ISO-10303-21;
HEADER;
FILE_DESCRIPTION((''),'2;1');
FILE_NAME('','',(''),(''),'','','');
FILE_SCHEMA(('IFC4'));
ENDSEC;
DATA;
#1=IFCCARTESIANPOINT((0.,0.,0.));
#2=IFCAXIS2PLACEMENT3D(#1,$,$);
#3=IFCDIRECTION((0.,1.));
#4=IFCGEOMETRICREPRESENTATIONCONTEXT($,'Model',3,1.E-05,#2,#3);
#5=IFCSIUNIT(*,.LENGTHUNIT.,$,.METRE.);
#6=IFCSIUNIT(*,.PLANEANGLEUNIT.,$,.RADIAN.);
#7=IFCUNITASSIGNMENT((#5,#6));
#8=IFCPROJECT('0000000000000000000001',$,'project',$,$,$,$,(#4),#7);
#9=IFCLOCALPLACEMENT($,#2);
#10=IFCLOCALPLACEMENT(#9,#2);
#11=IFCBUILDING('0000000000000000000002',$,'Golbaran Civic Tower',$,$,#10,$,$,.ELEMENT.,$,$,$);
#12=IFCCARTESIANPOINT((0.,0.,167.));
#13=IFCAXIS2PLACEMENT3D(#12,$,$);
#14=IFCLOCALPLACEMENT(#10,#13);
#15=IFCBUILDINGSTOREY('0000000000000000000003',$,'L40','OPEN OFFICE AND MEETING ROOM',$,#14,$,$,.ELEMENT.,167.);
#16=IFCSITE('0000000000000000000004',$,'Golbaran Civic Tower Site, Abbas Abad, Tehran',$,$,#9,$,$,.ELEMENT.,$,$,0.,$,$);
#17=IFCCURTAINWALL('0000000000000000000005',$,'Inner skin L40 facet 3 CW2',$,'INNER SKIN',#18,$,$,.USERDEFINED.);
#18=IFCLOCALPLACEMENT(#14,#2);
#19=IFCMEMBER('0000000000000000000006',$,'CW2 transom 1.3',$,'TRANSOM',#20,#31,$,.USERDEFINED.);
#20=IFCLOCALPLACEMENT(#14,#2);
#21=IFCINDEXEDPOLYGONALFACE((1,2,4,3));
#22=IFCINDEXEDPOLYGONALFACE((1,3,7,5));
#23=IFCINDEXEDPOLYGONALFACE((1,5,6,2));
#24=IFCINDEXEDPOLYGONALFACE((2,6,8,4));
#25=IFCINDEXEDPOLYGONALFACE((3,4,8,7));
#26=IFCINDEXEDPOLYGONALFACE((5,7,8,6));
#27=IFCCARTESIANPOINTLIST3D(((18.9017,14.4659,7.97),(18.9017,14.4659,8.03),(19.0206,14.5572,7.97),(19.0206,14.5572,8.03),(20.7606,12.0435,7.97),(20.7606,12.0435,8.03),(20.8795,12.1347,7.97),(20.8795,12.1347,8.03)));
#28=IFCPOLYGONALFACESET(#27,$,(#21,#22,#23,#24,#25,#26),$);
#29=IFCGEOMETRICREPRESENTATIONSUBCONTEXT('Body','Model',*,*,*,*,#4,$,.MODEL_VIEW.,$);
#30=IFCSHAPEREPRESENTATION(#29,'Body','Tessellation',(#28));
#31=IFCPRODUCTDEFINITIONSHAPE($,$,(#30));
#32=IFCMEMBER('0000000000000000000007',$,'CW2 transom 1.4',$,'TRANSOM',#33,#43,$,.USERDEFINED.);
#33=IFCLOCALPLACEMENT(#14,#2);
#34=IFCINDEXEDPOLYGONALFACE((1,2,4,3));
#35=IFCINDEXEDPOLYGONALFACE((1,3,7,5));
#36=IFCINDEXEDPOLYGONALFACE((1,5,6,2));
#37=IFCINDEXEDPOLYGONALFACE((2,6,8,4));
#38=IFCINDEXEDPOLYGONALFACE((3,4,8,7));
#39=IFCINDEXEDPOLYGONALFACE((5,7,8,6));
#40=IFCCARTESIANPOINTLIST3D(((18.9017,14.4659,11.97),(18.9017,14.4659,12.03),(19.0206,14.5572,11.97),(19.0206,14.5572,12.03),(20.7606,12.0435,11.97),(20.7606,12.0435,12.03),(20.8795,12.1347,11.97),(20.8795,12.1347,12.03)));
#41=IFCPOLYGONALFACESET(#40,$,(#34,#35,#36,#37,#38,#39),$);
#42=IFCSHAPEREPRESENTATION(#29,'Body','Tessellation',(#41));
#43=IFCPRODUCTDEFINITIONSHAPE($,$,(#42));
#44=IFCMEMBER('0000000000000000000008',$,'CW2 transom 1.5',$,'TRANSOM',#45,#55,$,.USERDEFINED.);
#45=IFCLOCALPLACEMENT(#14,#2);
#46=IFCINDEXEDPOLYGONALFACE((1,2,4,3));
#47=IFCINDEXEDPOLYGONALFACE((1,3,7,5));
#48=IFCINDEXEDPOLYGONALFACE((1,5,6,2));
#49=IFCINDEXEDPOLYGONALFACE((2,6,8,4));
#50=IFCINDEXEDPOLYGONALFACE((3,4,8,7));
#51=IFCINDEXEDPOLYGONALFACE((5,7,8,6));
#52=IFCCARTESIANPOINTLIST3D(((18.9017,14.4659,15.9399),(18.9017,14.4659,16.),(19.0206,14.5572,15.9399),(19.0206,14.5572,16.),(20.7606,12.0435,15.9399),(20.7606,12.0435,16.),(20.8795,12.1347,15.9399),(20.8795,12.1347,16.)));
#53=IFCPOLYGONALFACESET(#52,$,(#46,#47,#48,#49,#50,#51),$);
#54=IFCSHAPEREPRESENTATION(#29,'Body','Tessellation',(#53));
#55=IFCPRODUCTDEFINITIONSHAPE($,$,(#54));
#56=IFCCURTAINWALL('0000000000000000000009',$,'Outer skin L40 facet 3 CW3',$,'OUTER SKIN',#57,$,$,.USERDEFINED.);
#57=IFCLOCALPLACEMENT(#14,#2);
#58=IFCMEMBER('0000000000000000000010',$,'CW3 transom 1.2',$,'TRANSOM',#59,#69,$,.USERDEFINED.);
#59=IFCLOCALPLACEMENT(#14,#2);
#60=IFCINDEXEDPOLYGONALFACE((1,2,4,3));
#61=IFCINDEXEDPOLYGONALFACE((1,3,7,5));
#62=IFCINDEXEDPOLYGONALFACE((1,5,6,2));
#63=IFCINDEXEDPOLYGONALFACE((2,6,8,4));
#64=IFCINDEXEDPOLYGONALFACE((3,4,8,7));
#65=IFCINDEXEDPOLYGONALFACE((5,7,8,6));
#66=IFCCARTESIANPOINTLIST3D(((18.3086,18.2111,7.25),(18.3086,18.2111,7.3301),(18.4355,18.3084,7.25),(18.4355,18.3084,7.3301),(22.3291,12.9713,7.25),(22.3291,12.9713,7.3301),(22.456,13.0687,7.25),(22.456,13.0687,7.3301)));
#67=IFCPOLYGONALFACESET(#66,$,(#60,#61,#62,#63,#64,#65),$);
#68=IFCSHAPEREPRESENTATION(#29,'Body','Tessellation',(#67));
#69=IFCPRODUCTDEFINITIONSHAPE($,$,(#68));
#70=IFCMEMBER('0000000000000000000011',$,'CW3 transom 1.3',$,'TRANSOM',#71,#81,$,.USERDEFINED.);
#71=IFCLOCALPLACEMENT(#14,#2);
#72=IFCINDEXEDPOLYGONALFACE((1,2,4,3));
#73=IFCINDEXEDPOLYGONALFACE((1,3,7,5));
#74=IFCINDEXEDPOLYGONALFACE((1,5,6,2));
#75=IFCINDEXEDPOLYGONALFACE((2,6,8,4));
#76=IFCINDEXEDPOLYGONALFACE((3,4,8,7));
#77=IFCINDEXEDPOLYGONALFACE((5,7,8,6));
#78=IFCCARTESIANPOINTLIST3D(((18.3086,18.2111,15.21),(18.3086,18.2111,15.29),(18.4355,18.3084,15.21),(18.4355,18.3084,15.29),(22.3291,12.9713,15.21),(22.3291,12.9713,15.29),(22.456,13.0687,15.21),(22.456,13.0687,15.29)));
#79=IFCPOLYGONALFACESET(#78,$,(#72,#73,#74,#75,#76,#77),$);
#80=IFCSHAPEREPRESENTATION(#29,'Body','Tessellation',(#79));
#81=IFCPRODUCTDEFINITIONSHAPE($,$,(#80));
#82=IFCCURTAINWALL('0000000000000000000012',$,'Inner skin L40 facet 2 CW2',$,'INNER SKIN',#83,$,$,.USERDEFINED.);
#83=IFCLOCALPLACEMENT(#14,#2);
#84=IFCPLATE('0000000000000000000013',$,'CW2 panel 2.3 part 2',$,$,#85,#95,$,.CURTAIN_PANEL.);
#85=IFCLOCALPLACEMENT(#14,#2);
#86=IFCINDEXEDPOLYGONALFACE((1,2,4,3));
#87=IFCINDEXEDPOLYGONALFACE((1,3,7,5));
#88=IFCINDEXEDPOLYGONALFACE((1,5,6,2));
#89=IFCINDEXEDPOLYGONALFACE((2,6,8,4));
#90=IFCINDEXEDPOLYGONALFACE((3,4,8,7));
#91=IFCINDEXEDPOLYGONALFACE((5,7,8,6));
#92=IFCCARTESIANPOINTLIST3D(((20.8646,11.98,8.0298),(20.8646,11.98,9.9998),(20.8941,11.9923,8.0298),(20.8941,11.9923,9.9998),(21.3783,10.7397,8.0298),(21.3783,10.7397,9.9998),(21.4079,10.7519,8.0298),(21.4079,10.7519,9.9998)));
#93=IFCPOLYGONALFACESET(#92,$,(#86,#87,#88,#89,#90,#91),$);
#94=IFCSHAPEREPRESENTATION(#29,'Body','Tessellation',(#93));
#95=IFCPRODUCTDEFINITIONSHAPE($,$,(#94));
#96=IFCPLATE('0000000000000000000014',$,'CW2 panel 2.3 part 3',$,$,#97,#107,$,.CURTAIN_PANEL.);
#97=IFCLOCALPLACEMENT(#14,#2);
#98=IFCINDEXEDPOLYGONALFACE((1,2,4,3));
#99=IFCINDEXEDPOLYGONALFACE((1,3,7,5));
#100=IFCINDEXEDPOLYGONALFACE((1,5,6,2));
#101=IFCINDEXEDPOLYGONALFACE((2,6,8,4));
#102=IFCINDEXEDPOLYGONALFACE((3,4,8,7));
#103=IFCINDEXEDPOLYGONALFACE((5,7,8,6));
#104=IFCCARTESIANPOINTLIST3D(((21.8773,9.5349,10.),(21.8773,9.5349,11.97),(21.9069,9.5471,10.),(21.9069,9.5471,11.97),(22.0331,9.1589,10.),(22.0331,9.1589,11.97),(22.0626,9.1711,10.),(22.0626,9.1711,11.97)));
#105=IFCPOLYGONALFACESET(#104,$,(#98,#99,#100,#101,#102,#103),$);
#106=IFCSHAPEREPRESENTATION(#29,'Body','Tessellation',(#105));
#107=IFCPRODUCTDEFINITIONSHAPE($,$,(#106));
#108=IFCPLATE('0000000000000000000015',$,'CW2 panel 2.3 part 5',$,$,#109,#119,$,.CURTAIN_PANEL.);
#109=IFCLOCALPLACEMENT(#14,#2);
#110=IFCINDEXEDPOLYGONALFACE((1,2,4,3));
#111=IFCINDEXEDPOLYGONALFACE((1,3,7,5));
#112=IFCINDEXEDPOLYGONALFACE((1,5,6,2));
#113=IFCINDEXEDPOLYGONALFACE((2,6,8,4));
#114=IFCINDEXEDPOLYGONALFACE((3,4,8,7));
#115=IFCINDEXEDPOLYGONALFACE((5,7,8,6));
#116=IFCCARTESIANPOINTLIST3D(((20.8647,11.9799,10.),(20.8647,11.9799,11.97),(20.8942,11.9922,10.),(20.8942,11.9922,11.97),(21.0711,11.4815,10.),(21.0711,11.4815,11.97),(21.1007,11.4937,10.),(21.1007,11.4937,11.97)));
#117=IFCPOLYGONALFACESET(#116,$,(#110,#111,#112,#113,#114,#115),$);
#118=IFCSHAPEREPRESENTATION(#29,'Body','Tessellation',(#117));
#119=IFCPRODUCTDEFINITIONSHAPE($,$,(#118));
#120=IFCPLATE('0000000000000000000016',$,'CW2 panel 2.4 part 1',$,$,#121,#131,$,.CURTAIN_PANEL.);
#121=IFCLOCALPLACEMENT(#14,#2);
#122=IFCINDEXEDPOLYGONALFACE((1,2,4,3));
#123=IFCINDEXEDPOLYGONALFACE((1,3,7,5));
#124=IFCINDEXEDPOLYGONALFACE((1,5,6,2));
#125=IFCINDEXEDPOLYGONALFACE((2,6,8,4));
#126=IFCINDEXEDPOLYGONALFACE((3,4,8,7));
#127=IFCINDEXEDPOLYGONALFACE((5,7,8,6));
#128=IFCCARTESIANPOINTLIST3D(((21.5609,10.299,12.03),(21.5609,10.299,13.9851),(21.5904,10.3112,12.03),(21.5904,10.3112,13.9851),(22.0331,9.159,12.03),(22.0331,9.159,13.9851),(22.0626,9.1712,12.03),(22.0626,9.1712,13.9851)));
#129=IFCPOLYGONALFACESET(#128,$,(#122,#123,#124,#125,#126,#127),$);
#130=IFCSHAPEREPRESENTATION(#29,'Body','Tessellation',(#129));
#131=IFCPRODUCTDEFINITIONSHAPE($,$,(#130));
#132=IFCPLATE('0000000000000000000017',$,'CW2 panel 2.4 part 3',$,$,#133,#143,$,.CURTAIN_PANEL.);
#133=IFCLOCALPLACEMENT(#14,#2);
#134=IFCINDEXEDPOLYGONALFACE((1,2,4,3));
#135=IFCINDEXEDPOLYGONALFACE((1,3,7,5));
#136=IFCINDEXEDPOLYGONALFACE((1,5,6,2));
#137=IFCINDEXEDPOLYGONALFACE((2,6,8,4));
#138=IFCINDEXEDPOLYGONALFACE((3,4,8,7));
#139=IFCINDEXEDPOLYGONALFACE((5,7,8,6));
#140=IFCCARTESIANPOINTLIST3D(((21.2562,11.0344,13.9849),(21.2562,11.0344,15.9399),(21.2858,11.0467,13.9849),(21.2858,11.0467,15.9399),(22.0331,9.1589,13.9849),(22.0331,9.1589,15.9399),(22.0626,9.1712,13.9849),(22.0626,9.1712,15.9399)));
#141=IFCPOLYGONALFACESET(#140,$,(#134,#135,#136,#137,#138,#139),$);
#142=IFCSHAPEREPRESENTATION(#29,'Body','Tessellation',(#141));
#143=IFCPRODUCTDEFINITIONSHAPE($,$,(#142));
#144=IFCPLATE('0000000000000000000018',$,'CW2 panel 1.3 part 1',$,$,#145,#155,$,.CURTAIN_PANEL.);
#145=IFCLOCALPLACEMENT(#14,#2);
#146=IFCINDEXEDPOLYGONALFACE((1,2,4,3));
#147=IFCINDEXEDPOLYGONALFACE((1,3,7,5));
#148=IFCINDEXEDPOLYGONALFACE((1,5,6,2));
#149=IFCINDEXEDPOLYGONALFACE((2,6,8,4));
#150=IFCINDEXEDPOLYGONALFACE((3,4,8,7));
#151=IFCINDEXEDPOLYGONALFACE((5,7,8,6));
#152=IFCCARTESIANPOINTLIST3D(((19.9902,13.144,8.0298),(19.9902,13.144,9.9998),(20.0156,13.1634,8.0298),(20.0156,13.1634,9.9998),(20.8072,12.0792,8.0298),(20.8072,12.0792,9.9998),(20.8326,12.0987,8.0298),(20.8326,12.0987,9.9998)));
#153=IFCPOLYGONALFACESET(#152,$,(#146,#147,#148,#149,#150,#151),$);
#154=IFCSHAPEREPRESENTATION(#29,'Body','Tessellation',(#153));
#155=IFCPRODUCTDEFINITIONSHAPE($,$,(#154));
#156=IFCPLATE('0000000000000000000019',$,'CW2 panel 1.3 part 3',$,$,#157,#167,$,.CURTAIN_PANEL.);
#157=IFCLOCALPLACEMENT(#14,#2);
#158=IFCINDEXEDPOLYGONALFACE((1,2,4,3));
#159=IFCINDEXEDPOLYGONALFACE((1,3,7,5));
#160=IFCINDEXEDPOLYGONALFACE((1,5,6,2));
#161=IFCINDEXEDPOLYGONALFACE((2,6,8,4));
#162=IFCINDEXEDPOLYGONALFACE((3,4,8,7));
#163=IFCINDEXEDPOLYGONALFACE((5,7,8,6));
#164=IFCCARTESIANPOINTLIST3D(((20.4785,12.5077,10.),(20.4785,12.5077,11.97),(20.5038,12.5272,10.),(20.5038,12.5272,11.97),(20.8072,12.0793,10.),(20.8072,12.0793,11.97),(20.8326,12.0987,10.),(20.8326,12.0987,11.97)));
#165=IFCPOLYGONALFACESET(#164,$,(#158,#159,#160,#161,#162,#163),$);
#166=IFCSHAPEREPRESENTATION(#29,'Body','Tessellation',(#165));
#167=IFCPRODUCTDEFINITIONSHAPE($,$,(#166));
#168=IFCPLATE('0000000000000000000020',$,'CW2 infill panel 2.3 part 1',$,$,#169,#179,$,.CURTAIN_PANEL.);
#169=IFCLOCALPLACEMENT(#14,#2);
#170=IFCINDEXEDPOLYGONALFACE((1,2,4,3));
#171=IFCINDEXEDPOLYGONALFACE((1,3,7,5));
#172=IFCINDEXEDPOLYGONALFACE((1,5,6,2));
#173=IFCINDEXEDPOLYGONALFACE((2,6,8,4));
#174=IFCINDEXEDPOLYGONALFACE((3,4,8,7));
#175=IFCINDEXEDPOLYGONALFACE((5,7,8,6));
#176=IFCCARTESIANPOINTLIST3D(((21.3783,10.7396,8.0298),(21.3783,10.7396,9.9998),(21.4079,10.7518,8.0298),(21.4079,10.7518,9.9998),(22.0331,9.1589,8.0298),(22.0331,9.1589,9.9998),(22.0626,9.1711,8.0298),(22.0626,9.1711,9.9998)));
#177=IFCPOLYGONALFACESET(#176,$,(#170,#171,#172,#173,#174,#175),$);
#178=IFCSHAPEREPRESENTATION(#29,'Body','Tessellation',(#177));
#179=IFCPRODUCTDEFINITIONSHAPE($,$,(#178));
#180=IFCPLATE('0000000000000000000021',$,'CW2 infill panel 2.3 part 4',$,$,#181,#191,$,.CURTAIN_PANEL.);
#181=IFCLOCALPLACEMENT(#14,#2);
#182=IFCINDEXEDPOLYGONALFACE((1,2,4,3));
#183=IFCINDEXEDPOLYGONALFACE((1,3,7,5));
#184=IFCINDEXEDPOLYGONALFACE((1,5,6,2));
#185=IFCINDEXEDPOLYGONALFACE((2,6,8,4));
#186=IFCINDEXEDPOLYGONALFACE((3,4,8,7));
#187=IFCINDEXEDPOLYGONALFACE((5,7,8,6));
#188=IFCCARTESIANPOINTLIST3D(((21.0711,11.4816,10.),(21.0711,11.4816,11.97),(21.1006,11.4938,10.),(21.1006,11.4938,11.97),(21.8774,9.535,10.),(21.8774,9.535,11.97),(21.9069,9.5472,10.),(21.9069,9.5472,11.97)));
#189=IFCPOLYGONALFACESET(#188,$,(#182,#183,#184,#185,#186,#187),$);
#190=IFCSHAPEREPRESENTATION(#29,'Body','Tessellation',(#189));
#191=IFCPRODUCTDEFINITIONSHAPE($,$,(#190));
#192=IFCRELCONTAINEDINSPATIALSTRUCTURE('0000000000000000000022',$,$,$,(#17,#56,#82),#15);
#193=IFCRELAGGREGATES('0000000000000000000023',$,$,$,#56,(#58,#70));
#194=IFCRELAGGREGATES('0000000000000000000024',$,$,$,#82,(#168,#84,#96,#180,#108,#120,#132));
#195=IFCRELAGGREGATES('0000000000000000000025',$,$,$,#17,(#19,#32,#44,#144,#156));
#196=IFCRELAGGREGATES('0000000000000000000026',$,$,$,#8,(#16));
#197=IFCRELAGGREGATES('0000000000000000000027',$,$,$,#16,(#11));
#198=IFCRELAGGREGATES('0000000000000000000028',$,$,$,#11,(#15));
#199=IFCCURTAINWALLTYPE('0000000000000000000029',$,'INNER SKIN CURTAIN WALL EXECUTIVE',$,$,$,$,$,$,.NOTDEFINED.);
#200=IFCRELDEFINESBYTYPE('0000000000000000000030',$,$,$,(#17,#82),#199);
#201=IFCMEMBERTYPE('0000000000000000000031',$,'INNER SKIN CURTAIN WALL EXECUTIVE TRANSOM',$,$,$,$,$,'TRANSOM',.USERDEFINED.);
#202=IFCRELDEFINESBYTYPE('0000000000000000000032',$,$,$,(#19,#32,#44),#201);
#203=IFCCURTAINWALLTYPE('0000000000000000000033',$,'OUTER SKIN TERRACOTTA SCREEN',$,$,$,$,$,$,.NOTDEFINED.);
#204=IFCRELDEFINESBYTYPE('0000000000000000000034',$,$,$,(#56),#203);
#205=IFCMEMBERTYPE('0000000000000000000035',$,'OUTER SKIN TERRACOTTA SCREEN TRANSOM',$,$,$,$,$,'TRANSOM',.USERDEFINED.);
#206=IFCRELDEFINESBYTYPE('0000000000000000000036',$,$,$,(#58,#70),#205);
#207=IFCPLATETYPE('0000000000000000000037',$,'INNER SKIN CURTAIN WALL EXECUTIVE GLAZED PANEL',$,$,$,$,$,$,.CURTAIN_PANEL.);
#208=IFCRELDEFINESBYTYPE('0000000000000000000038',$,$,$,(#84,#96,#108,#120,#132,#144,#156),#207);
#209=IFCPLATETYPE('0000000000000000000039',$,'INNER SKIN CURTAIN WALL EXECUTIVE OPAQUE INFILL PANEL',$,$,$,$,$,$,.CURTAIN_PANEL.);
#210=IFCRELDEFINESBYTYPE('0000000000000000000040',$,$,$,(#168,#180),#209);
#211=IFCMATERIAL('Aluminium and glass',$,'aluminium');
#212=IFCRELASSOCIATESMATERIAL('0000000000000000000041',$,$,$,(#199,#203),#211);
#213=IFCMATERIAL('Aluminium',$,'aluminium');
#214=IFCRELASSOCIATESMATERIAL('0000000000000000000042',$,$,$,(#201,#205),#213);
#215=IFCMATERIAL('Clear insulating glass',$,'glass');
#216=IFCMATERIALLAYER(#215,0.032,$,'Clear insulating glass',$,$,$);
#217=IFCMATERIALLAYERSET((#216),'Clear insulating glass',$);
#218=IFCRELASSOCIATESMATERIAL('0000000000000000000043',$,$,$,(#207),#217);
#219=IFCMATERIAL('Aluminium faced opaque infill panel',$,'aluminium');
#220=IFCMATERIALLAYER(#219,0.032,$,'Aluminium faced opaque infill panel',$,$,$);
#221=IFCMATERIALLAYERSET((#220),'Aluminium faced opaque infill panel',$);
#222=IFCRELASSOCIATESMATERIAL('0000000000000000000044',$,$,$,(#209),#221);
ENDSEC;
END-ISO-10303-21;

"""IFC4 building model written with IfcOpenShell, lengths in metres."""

from ifc_helpers import new_model, si_unit, direction, frame, origin, origin_2d, place, context, subcontext, project, spatial, rectangle, extrude, material, layer, layer_set, material_profile, profile_set, type_object, element, aggregate, save


model = new_model("IFC4")

# Units and contexts
model_context = context("Model", 3, precision=1e-05, world=origin(), true_north=direction((0.0, 1.0)))
body_context = subcontext(model_context, "Body", "Model", "MODEL_VIEW")
ifc_project = project(units=[si_unit("LENGTHUNIT", "METRE"), si_unit("PLANEANGLEUNIT", "RADIAN")], contexts=[model_context])

# Site, building, storey
site_placement = place(None, origin())
site = spatial("IfcSite", under=ifc_project, at=site_placement, Name="Golbaran Civic Tower Site, Abbas Abad, Tehran", CompositionType="ELEMENT", RefElevation=0.0)
building_placement = place(site_placement, origin())
building = spatial("IfcBuilding", under=site, at=building_placement, Name="Golbaran Civic Tower", CompositionType="ELEMENT")
storey_placement = place(building_placement, frame((0.0, 0.0, 167.0)))
storey = spatial("IfcBuildingStorey", under=building, at=storey_placement, Name="L40", Description="OPEN OFFICE AND MEETING ROOM", CompositionType="ELEMENT", Elevation=167.0)

# Curtain walls, members
ifc_material_1 = material(Name="Aluminium and glass", Category="aluminium")
curtain_wall_type_1 = type_object("IfcCurtainWallType", Name="INNER SKIN CURTAIN WALL EXECUTIVE", PredefinedType="NOTDEFINED", material=ifc_material_1)
curtain_wall_1_placement = place(storey_placement, origin())
curtain_wall_1 = element("IfcCurtainWall", 1, at=curtain_wall_1_placement, inside=storey, type_object=curtain_wall_type_1, Name="Inner skin L40 facet 3 CW2", ObjectType="INNER SKIN", PredefinedType="USERDEFINED")
ifc_material_2 = material(Name="Aluminium", Category="aluminium")
ifc_material_profile_1 = material_profile(ifc_material_2, rectangle(XDim=0.1499, YDim=0.0601, at=origin_2d()), Name="INNER SKIN CURTAIN WALL EXECUTIVE TRANSOM")
ifc_profile_set_1 = profile_set([ifc_material_profile_1], Name="Aluminium")
member_type_1 = type_object("IfcMemberType", Name="INNER SKIN CURTAIN WALL EXECUTIVE TRANSOM", ElementType="TRANSOM", PredefinedType="USERDEFINED", material=ifc_profile_set_1)
member_1_placement = place(storey_placement, frame((20.8201, 12.0891, 8.0), z_axis=(-0.608791, 0.793331, 0.0), x_axis=(-0.793331, -0.608791, 0.0)))
member_1 = element("IfcMember", 2, at=member_1_placement, type_object=member_type_1, Name="CW2 transom 1.3", ObjectType="TRANSOM", PredefinedType="USERDEFINED", context=body_context, shape_type="SweptSolid", body=[
    extrude(rectangle(XDim=0.1499, YDim=0.0601, at=origin_2d()), origin(), (0.0, 0.0, 1.0), 3.0535),
])
member_2_placement = place(storey_placement, frame((20.8201, 12.0891, 12.0), z_axis=(-0.608791, 0.793331, 0.0), x_axis=(-0.793331, -0.608791, 0.0)))
member_2 = element("IfcMember", 3, at=member_2_placement, type_object=member_type_1, Name="CW2 transom 1.4", ObjectType="TRANSOM", PredefinedType="USERDEFINED", context=body_context, shape_type="SweptSolid", body=[
    extrude(rectangle(XDim=0.1499, YDim=0.0601, at=origin_2d()), origin(), (0.0, 0.0, 1.0), 3.0535),
])
member_3_placement = place(storey_placement, frame((20.8201, 12.0891, 15.97), z_axis=(-0.608791, 0.793331, 0.0), x_axis=(-0.793331, -0.608791, 0.0)))
member_3 = element("IfcMember", 4, at=member_3_placement, type_object=member_type_1, Name="CW2 transom 1.5", ObjectType="TRANSOM", PredefinedType="USERDEFINED", context=body_context, shape_type="SweptSolid", body=[
    extrude(rectangle(XDim=0.1499, YDim=0.0601, at=origin_2d()), origin(), (0.0, 0.0, 1.0), 3.0535),
])
curtain_wall_type_2 = type_object("IfcCurtainWallType", Name="OUTER SKIN TERRACOTTA SCREEN", PredefinedType="NOTDEFINED", material=ifc_material_1)
curtain_wall_2_placement = place(storey_placement, origin())
curtain_wall_2 = element("IfcCurtainWall", 5, at=curtain_wall_2_placement, inside=storey, type_object=curtain_wall_type_2, Name="Outer skin L40 facet 3 CW3", ObjectType="OUTER SKIN", PredefinedType="USERDEFINED")
ifc_material_profile_2 = material_profile(ifc_material_2, rectangle(XDim=0.1599, YDim=0.0801, at=origin_2d()), Name="OUTER SKIN TERRACOTTA SCREEN TRANSOM")
ifc_profile_set_2 = profile_set([ifc_material_profile_2], Name="Aluminium")
member_type_2 = type_object("IfcMemberType", Name="OUTER SKIN TERRACOTTA SCREEN TRANSOM", ElementType="TRANSOM", PredefinedType="USERDEFINED", material=ifc_profile_set_2)
member_4_placement = place(storey_placement, frame((22.3926, 13.02, 7.29), z_axis=(-0.608753, 0.79336, 0.0), x_axis=(-0.79336, -0.608753, 0.0)))
member_4 = element("IfcMember", 6, at=member_4_placement, type_object=member_type_2, Name="CW3 transom 1.2", ObjectType="TRANSOM", PredefinedType="USERDEFINED", context=body_context, shape_type="SweptSolid", body=[
    extrude(rectangle(XDim=0.1599, YDim=0.0801, at=origin_2d()), origin(), (0.0, 0.0, 1.0), 6.6045),
])
member_5_placement = place(storey_placement, frame((22.3926, 13.02, 15.25), z_axis=(-0.608753, 0.79336, 0.0), x_axis=(-0.79336, -0.608753, 0.0)))
member_5 = element("IfcMember", 7, at=member_5_placement, type_object=member_type_2, Name="CW3 transom 1.3", ObjectType="TRANSOM", PredefinedType="USERDEFINED", context=body_context, shape_type="SweptSolid", body=[
    extrude(rectangle(XDim=0.1599, YDim=0.0801, at=origin_2d()), origin(), (0.0, 0.0, 1.0), 6.6045),
])
aggregate(curtain_wall_2, [member_4, member_5])

# Curtain wall, plates
curtain_wall_3_placement = place(storey_placement, origin())
curtain_wall_3 = element("IfcCurtainWall", 8, at=curtain_wall_3_placement, inside=storey, type_object=curtain_wall_type_1, Name="Inner skin L40 facet 2 CW2", ObjectType="INNER SKIN", PredefinedType="USERDEFINED")
ifc_material_3 = material(Name="Clear insulating glass", Category="glass")
ifc_layer_1 = layer(ifc_material_3, 0.032, Name="Clear insulating glass")
ifc_layer_set_1 = layer_set([ifc_layer_1], Name="Clear insulating glass")
plate_type_1 = type_object("IfcPlateType", Name="INNER SKIN CURTAIN WALL EXECUTIVE GLAZED PANEL", PredefinedType="CURTAIN_PANEL", material=ifc_layer_set_1)
plate_1_placement = place(storey_placement, frame((21.1362, 11.366, 8.0298), z_axis=(0.0, 0.0, 1.0), x_axis=(-0.382683, 0.92388, 0.0)))
plate_1 = element("IfcPlate", 9, at=plate_1_placement, type_object=plate_type_1, Name="CW2 panel 2.3 part 2", PredefinedType="CURTAIN_PANEL", context=body_context, shape_type="SweptSolid", body=[
    extrude(rectangle(XDim=1.3425, YDim=0.032, at=origin_2d()), origin(), (0.0, 0.0, 1.0), 1.97),
])
plate_2_placement = place(storey_placement, frame((21.97, 9.353, 10.0), z_axis=(0.0, 0.0, 1.0), x_axis=(-0.382683, 0.92388, 0.0)))
plate_2 = element("IfcPlate", 10, at=plate_2_placement, type_object=plate_type_1, Name="CW2 panel 2.3 part 3", PredefinedType="CURTAIN_PANEL", context=body_context, shape_type="SweptSolid", body=[
    extrude(rectangle(XDim=0.407, YDim=0.032, at=origin_2d()), origin(), (0.0, 0.0, 1.0), 1.97),
])
plate_3_placement = place(storey_placement, frame((20.9827, 11.7368, 10.0), z_axis=(0.0, 0.0, 1.0), x_axis=(-0.382683, 0.92388, 0.0)))
plate_3 = element("IfcPlate", 11, at=plate_3_placement, type_object=plate_type_1, Name="CW2 panel 2.3 part 5", PredefinedType="CURTAIN_PANEL", context=body_context, shape_type="SweptSolid", body=[
    extrude(rectangle(XDim=0.5396, YDim=0.032, at=origin_2d()), origin(), (0.0, 0.0, 1.0), 1.97),
])
plate_4_placement = place(storey_placement, frame((21.8118, 9.7351, 12.03), z_axis=(0.0, 0.0, 1.0), x_axis=(-0.382683, 0.92388, 0.0)))
plate_4 = element("IfcPlate", 12, at=plate_4_placement, type_object=plate_type_1, Name="CW2 panel 2.4 part 1", PredefinedType="CURTAIN_PANEL", context=body_context, shape_type="SweptSolid", body=[
    extrude(rectangle(XDim=1.2339, YDim=0.032, at=origin_2d()), origin(), (0.0, 0.0, 1.0), 1.9551),
])
plate_5_placement = place(storey_placement, frame((21.6594, 10.1028, 13.9849), z_axis=(0.0, 0.0, 1.0), x_axis=(-0.382683, 0.92388, 0.0)))
plate_5 = element("IfcPlate", 13, at=plate_5_placement, type_object=plate_type_1, Name="CW2 panel 2.4 part 3", PredefinedType="CURTAIN_PANEL", context=body_context, shape_type="SweptSolid", body=[
    extrude(rectangle(XDim=2.03, YDim=0.032, at=origin_2d()), origin(), (0.0, 0.0, 1.0), 1.9551),
])

# Plates
plate_6_placement = place(storey_placement, frame((20.4114, 12.6213, 8.0298), z_axis=(0.0, 0.0, 1.0), x_axis=(-0.608761, 0.793353, 0.0)))
plate_6 = element("IfcPlate", 14, at=plate_6_placement, type_object=plate_type_1, Name="CW2 panel 1.3 part 1", PredefinedType="CURTAIN_PANEL", context=body_context, shape_type="SweptSolid", body=[
    extrude(rectangle(XDim=1.342, YDim=0.032, at=origin_2d()), origin(), (0.0, 0.0, 1.0), 1.97),
])
plate_7_placement = place(storey_placement, frame((20.6555, 12.3032, 10.0), z_axis=(0.0, 0.0, 1.0), x_axis=(-0.608761, 0.793353, 0.0)))
plate_7 = element("IfcPlate", 15, at=plate_7_placement, type_object=plate_type_1, Name="CW2 panel 1.3 part 3", PredefinedType="CURTAIN_PANEL", context=body_context, shape_type="SweptSolid", body=[
    extrude(rectangle(XDim=0.54, YDim=0.032, at=origin_2d()), origin(), (0.0, 0.0, 1.0), 1.97),
])
ifc_material_4 = material(Name="Aluminium faced opaque infill panel", Category="aluminium")
ifc_layer_2 = layer(ifc_material_4, 0.032, Name="Aluminium faced opaque infill panel")
ifc_layer_set_2 = layer_set([ifc_layer_2], Name="Aluminium faced opaque infill panel")
plate_type_2 = type_object("IfcPlateType", Name="INNER SKIN CURTAIN WALL EXECUTIVE OPAQUE INFILL PANEL", PredefinedType="CURTAIN_PANEL", material=ifc_layer_set_2)
plate_8_placement = place(storey_placement, frame((21.7205, 9.9553, 8.0298), z_axis=(0.0, 0.0, 1.0), x_axis=(-0.382683, 0.92388, 0.0)))
plate_8 = element("IfcPlate", 16, at=plate_8_placement, type_object=plate_type_2, Name="CW2 infill panel 2.3 part 1", PredefinedType="CURTAIN_PANEL", context=body_context, shape_type="SweptSolid", body=[
    extrude(rectangle(XDim=1.7109, YDim=0.032, at=origin_2d()), origin(), (0.0, 0.0, 1.0), 1.97),
])
plate_9_placement = place(storey_placement, frame((21.489, 10.5144, 10.0), z_axis=(0.0, 0.0, 1.0), x_axis=(-0.382683, 0.92388, 0.0)))
plate_9 = element("IfcPlate", 17, at=plate_9_placement, type_object=plate_type_2, Name="CW2 infill panel 2.3 part 4", PredefinedType="CURTAIN_PANEL", context=body_context, shape_type="SweptSolid", body=[
    extrude(rectangle(XDim=2.1069, YDim=0.032, at=origin_2d()), origin(), (0.0, 0.0, 1.0), 1.97),
])
aggregate(curtain_wall_3, [plate_8, plate_1, plate_2, plate_9, plate_3, plate_4, plate_5])
aggregate(curtain_wall_1, [member_1, member_2, member_3, plate_6, plate_7])

save(model, "model.ifc")
